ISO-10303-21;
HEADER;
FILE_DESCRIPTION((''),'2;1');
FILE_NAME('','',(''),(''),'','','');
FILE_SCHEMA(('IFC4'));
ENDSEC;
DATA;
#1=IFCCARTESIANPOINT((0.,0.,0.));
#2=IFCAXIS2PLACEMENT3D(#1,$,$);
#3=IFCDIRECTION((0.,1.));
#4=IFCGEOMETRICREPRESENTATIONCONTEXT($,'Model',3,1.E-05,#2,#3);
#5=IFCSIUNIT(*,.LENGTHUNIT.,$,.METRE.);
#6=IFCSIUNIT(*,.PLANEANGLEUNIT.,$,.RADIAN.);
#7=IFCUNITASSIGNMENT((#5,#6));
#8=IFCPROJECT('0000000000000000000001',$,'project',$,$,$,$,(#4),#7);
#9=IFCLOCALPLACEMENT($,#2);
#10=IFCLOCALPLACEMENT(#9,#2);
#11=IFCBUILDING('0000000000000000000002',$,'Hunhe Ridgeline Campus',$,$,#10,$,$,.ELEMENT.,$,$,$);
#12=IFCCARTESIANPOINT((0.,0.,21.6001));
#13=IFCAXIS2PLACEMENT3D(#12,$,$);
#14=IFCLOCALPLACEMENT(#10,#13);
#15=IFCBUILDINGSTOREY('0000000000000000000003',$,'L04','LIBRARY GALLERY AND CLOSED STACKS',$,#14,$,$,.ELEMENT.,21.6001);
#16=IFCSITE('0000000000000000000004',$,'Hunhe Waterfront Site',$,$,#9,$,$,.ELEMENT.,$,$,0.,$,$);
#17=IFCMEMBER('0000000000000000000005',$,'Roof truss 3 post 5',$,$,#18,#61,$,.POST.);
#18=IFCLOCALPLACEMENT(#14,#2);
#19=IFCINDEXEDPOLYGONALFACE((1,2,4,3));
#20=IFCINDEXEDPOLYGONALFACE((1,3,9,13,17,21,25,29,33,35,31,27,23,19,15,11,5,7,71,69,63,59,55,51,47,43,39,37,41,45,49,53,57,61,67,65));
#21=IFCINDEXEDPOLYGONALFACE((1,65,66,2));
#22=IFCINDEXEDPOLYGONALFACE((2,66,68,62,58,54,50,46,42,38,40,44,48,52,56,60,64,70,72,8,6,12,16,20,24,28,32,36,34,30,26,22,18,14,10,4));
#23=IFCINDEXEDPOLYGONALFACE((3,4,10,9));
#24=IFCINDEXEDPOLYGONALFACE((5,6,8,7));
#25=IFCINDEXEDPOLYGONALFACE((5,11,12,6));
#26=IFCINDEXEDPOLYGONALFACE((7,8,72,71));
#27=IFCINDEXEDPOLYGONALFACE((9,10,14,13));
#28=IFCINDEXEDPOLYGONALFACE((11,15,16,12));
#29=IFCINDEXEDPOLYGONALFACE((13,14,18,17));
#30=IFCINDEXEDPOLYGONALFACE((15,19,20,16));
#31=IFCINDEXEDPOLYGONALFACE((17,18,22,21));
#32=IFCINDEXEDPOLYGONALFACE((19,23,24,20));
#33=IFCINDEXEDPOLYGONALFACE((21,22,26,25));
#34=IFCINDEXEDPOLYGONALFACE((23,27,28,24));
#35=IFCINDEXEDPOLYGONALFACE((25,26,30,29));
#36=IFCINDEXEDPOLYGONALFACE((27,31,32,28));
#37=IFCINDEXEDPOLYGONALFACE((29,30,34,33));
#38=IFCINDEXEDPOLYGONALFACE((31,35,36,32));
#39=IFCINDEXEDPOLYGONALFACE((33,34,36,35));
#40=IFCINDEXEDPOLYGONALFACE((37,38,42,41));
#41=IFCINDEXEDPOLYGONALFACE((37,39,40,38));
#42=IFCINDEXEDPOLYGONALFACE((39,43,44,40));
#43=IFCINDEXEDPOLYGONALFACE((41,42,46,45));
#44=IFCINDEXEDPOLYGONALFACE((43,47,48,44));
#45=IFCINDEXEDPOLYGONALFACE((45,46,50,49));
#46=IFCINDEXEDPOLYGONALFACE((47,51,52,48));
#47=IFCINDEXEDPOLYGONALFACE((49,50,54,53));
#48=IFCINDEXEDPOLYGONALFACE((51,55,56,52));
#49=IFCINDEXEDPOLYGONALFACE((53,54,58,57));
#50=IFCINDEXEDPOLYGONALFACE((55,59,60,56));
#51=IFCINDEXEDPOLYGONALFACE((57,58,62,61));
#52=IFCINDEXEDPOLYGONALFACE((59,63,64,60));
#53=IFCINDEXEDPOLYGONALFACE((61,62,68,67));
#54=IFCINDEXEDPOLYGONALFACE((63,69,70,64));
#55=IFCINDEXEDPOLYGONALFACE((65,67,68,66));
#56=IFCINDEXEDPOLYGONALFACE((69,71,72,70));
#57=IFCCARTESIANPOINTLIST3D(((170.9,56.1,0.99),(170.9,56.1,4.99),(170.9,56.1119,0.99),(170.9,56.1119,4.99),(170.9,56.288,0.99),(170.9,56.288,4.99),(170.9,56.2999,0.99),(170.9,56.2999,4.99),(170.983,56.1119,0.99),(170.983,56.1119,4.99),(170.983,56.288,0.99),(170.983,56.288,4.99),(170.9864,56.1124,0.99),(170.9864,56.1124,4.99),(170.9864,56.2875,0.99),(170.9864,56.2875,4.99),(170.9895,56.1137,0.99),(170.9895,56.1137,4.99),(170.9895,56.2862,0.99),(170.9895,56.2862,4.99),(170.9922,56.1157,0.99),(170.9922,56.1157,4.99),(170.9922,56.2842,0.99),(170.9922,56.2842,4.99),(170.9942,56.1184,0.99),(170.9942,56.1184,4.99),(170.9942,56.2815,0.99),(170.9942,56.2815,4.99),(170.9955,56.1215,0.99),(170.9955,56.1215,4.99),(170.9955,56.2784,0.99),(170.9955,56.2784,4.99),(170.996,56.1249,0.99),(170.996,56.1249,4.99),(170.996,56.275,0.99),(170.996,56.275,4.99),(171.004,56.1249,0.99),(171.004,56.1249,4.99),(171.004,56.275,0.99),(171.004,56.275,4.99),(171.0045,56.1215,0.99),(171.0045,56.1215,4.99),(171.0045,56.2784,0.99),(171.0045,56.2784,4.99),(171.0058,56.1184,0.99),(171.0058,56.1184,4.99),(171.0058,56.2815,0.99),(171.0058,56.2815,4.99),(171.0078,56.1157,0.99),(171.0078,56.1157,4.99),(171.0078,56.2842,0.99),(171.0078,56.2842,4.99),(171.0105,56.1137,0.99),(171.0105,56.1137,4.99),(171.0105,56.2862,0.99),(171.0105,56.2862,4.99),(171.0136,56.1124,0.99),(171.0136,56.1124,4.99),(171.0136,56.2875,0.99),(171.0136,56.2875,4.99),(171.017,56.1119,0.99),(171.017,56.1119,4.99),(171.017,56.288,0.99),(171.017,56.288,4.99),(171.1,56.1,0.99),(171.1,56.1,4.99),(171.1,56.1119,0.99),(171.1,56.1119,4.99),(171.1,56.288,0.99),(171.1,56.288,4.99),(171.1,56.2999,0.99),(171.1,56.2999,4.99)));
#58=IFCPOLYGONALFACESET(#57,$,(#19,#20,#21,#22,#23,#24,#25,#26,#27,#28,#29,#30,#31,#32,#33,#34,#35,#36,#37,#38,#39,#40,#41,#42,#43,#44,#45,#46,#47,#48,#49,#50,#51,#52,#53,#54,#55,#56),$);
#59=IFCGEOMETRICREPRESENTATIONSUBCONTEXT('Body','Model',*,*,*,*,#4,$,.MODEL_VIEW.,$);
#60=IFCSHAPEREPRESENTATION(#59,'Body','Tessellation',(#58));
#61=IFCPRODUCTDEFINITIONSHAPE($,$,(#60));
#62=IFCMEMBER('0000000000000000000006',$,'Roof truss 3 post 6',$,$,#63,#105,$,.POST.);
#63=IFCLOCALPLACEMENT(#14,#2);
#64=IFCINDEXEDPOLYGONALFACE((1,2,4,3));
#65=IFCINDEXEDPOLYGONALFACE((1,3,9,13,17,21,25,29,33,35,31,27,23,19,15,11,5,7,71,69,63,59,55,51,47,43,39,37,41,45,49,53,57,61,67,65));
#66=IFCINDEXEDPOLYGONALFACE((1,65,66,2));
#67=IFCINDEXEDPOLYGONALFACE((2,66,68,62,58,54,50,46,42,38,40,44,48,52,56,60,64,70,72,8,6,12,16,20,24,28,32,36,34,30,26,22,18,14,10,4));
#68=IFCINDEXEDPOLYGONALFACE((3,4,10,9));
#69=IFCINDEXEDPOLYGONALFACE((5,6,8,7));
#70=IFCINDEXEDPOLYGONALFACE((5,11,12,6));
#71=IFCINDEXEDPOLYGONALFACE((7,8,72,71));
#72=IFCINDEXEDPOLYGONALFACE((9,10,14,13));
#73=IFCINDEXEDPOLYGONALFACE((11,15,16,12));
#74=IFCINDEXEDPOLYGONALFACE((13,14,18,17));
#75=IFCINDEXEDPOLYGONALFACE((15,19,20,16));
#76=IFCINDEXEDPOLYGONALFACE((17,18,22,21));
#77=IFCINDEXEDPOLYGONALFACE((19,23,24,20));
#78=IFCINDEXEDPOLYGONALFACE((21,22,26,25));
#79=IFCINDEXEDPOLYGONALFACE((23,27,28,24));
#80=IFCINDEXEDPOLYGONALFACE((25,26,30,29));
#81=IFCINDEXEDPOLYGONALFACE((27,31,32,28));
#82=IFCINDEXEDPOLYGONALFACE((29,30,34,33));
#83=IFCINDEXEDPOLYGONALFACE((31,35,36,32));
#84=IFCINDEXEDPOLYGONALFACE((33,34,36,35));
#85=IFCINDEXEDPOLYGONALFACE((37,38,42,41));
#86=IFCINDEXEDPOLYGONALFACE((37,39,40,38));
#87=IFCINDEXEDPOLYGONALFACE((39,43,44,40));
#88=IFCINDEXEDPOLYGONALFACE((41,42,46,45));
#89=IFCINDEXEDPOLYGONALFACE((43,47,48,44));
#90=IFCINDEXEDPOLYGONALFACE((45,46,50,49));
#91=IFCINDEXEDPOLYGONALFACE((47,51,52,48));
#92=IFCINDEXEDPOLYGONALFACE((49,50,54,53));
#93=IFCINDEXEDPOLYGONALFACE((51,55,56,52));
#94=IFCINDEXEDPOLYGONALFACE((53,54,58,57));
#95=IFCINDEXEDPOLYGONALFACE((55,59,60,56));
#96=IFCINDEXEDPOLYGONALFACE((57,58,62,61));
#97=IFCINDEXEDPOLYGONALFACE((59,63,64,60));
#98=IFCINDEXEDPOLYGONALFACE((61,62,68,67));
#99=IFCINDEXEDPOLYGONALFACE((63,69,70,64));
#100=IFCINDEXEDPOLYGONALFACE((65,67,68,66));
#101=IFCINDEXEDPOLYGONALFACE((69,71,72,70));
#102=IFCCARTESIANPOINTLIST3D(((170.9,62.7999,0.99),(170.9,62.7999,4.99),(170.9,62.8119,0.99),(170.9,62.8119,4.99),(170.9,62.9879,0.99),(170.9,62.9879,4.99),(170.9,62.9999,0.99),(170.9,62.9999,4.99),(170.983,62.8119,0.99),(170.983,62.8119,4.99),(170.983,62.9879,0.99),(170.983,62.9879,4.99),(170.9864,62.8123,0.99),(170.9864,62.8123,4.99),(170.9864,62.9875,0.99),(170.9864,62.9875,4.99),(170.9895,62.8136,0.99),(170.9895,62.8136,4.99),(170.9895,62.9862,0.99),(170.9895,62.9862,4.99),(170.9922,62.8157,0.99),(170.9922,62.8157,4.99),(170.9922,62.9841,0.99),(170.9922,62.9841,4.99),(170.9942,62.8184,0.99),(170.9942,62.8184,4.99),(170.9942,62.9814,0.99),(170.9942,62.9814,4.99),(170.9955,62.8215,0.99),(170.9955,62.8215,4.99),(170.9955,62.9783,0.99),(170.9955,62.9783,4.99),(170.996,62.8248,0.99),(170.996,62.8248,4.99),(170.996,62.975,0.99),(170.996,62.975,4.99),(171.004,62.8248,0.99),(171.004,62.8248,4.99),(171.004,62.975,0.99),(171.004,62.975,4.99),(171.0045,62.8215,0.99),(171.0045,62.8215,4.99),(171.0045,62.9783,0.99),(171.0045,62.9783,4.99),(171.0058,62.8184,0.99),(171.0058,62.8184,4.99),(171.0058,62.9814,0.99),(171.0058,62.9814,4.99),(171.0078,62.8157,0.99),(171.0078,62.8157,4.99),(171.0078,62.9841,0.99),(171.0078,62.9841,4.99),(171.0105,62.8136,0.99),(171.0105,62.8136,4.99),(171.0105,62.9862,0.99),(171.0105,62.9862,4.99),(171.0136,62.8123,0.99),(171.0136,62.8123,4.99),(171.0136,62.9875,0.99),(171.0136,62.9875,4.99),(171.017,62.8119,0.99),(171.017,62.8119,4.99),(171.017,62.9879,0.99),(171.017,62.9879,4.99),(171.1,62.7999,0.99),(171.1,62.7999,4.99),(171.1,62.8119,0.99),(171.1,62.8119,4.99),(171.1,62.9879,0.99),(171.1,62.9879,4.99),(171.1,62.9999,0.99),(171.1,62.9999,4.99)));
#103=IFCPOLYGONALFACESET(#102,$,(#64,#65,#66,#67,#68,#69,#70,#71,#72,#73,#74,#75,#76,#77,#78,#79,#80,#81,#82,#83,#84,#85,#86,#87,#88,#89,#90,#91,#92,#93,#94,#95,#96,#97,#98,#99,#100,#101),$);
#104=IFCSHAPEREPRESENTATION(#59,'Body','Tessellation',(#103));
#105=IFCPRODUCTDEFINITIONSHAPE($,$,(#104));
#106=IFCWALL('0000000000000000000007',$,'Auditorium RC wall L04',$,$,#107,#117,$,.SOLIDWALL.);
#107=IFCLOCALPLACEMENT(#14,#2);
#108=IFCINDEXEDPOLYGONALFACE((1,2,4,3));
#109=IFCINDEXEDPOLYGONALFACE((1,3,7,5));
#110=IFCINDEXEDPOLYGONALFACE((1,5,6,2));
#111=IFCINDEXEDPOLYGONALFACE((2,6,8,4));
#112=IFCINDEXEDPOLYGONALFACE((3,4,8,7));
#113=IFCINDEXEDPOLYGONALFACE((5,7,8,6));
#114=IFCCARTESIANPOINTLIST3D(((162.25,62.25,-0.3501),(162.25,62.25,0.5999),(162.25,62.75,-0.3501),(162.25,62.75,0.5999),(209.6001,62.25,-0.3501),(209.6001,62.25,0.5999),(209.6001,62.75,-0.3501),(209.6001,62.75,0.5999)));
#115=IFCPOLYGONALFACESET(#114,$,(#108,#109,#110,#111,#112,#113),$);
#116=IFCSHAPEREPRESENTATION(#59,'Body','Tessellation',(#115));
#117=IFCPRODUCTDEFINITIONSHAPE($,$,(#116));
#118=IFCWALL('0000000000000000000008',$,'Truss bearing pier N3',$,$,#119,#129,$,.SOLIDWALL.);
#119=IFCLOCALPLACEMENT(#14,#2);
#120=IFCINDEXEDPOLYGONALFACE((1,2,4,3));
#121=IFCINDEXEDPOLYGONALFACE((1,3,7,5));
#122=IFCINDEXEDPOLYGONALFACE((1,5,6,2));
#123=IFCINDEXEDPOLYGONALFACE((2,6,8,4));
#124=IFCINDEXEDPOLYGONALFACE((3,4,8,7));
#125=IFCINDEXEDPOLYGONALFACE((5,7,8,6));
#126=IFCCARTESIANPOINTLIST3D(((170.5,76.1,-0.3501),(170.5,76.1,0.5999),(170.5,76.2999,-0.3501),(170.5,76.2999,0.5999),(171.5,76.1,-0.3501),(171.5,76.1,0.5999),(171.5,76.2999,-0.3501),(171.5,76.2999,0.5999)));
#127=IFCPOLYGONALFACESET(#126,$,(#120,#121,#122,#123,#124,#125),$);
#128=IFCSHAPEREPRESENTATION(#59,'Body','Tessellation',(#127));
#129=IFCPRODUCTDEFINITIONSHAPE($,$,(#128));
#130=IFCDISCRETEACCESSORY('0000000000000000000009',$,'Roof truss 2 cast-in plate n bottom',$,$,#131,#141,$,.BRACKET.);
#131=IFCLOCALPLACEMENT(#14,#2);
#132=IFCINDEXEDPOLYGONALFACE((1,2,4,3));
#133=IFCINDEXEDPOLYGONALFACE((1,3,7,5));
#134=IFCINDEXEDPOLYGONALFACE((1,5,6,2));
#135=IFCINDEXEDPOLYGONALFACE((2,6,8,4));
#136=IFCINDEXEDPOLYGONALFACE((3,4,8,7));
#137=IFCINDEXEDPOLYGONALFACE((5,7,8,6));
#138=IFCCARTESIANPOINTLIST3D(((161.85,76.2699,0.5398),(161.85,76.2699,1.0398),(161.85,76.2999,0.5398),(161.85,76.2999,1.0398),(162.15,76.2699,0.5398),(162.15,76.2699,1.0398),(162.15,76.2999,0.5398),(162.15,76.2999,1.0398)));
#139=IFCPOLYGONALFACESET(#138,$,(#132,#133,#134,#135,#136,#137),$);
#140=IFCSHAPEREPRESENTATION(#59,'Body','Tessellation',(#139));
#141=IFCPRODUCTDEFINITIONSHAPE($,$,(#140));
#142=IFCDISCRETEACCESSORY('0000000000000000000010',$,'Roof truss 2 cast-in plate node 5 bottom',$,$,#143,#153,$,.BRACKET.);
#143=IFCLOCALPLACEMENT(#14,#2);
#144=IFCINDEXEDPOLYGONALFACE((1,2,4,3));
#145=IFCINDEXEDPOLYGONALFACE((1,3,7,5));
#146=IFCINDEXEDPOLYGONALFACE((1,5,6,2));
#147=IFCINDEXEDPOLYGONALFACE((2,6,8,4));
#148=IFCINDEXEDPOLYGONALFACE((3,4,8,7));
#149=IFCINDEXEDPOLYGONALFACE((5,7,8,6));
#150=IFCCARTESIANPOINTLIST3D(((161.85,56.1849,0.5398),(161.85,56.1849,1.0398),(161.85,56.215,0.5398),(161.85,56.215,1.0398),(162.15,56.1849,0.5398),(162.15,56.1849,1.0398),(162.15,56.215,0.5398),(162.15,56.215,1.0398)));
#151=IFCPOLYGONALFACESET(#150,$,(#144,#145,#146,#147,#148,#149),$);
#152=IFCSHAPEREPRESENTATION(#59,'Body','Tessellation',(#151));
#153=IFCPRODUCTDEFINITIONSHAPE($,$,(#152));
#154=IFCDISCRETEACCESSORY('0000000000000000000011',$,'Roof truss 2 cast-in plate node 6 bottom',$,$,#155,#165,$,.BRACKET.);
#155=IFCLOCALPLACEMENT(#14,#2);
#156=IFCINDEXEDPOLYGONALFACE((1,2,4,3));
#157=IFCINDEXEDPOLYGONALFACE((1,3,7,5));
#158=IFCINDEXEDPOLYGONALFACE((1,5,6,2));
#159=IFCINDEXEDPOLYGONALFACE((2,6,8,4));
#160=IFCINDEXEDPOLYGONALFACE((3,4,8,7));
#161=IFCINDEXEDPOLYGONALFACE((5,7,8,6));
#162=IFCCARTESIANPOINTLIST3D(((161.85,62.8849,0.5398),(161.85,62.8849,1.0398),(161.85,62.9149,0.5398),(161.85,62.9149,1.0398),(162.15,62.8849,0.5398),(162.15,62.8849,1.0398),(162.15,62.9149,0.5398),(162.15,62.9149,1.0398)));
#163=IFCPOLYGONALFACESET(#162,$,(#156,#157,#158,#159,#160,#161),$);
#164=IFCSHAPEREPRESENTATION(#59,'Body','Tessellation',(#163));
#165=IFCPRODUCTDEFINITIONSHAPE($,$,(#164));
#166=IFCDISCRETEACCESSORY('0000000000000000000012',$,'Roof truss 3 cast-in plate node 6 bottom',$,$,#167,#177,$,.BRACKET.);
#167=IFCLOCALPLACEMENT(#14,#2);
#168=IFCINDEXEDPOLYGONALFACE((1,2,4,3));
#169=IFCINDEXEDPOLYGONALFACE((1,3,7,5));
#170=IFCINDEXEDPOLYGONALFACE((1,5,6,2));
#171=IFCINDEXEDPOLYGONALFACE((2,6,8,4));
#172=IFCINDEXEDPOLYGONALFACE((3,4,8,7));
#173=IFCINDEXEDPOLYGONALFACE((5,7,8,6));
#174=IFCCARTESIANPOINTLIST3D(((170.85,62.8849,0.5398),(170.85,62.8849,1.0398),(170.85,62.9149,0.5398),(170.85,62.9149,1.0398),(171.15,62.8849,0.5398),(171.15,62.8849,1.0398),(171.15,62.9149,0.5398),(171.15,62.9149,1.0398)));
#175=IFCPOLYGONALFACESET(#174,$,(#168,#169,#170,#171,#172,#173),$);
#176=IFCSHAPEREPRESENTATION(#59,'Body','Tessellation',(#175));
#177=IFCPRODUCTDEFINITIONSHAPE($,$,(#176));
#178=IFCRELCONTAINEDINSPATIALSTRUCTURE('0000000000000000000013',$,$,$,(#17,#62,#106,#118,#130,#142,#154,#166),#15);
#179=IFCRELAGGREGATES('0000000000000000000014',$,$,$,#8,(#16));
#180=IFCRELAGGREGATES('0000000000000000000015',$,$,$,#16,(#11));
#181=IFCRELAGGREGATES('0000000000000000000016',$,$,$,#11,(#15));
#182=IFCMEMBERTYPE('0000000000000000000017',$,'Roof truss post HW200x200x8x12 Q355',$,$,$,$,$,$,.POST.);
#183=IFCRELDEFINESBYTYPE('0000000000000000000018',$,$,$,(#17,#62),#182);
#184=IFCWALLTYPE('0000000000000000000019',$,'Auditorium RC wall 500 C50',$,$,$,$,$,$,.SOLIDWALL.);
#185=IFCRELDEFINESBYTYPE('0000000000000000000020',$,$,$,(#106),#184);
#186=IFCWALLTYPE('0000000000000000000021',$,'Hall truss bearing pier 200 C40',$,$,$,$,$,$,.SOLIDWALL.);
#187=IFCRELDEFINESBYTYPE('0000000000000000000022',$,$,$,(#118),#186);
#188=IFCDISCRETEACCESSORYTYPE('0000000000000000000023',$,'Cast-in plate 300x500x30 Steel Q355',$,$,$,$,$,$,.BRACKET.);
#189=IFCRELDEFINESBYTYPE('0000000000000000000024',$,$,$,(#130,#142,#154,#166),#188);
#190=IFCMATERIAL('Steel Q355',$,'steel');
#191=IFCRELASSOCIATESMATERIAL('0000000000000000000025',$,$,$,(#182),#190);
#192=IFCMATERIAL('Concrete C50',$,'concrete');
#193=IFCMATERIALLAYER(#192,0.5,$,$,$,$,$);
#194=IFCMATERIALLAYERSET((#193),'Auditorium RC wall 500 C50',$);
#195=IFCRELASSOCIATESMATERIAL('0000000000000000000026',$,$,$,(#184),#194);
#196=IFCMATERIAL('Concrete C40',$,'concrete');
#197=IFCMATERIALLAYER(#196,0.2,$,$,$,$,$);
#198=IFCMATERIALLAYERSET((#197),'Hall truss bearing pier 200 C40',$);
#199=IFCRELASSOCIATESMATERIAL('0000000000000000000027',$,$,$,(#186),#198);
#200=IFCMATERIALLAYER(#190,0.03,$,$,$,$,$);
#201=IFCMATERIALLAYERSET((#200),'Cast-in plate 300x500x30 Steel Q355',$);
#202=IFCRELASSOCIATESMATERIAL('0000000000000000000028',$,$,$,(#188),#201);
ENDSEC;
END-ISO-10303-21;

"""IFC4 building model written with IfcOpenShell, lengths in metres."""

from ifc_helpers import new_model, si_unit, direction, frame, frame_2d, origin, origin_2d, place, context, subcontext, project, spatial, rectangle, i_section, extrude, material, layer, layer_set, material_profile, profile_set, type_object, element, save


model = new_model("IFC4")

# Units and contexts
model_context = context("Model", 3, precision=1e-05, world=origin(), true_north=direction((0.0, 1.0)))
body_context = subcontext(model_context, "Body", "Model", "MODEL_VIEW")
ifc_project = project(units=[si_unit("LENGTHUNIT", "METRE"), si_unit("PLANEANGLEUNIT", "RADIAN")], contexts=[model_context])

# Site, building, storey
site_placement = place(None, origin())
site = spatial("IfcSite", under=ifc_project, at=site_placement, Name="Hunhe Waterfront Site", CompositionType="ELEMENT", RefElevation=0.0)
building_placement = place(site_placement, origin())
building = spatial("IfcBuilding", under=site, at=building_placement, Name="Hunhe Ridgeline Campus", CompositionType="ELEMENT")
storey_placement = place(building_placement, frame((0.0, 0.0, 21.6001)))
storey = spatial("IfcBuildingStorey", under=building, at=storey_placement, Name="L04", Description="LIBRARY GALLERY AND CLOSED STACKS", CompositionType="ELEMENT", Elevation=21.6001)

# Members
ifc_material_1 = material(Name="Steel Q355", Category="steel")
ifc_material_profile_1 = material_profile(ifc_material_1, i_section(OverallWidth=0.2, OverallDepth=0.2, WebThickness=0.0081, FlangeThickness=0.012, FilletRadius=0.0129, at=origin_2d()))
ifc_profile_set_1 = profile_set([ifc_material_profile_1], Name="Steel Q355")
member_type_1 = type_object("IfcMemberType", Name="Roof truss post HW200x200x8x12 Q355", PredefinedType="POST", material=ifc_profile_set_1)
for number, where, z_axis, x_axis, name in (
    (1, (171.0, 56.2, 0.99), (0.0, 0.0, 1.0), (1.0, 0.0, 0.0), "Roof truss 3 post 5"),
    (2, (171.0, 62.8999, 0.99), (0.0, 0.0, 1.0), (1.0, 0.0, 0.0), "Roof truss 3 post 6"),
):
    element("IfcMember", number, at=place(storey_placement, frame(where, z_axis=z_axis, x_axis=x_axis)), inside=storey, type_object=member_type_1, Name=name, PredefinedType="POST", context=body_context, shape_type="SweptSolid", body=[
        extrude(i_section(OverallWidth=0.2, OverallDepth=0.2, WebThickness=0.0081, FlangeThickness=0.012, FilletRadius=0.0129, at=origin_2d()), origin(), (0.0, 0.0, 1.0), 4.0),
    ])

# Walls
ifc_material_2 = material(Name="Concrete C50", Category="concrete")
ifc_layer_1 = layer(ifc_material_2, 0.5)
ifc_layer_set_1 = layer_set([ifc_layer_1], Name="Auditorium RC wall 500 C50")
wall_type_1 = type_object("IfcWallType", Name="Auditorium RC wall 500 C50", PredefinedType="SOLIDWALL", material=ifc_layer_set_1)
wall_1_placement = place(storey_placement, frame((162.25, 62.5, -0.3501), z_axis=(0.0, 0.0, 1.0), x_axis=(1.0, 0.0, 0.0)))
element("IfcWall", 3, at=wall_1_placement, inside=storey, type_object=wall_type_1, Name="Auditorium RC wall L04", PredefinedType="SOLIDWALL", context=body_context, shape_type="SweptSolid", body=[
    extrude(rectangle(XDim=47.3501, YDim=0.5, at=frame_2d((23.675, 0.0))), origin(), (0.0, 0.0, 1.0), 0.95),
])
ifc_material_3 = material(Name="Concrete C40", Category="concrete")
ifc_layer_2 = layer(ifc_material_3, 0.2)
ifc_layer_set_2 = layer_set([ifc_layer_2], Name="Hall truss bearing pier 200 C40")
wall_type_2 = type_object("IfcWallType", Name="Hall truss bearing pier 200 C40", PredefinedType="SOLIDWALL", material=ifc_layer_set_2)
wall_2_placement = place(storey_placement, frame((170.5, 76.2, -0.3501), z_axis=(0.0, 0.0, 1.0), x_axis=(1.0, 0.0, 0.0)))
element("IfcWall", 4, at=wall_2_placement, inside=storey, type_object=wall_type_2, Name="Truss bearing pier N3", PredefinedType="SOLIDWALL", context=body_context, shape_type="SweptSolid", body=[
    extrude(rectangle(XDim=1.0, YDim=0.2, at=frame_2d((0.5, 0.0))), origin(), (0.0, 0.0, 1.0), 0.95),
])

# Discrete accessories
ifc_layer_3 = layer(ifc_material_1, 0.03)
ifc_layer_set_3 = layer_set([ifc_layer_3], Name="Cast-in plate 300x500x30 Steel Q355")
discrete_accessory_type = type_object("IfcDiscreteAccessoryType", Name="Cast-in plate 300x500x30 Steel Q355", PredefinedType="BRACKET", material=ifc_layer_set_3)
for number, where, z_axis, x_axis, name in (
    (5, (162.0, 76.2849, 0.5398), (0.0, 0.0, 1.0), (0.0, 1.0, 0.0), "Roof truss 2 cast-in plate n bottom"),
    (6, (162.0, 56.2, 0.5398), (0.0, 0.0, 1.0), (0.0, 1.0, 0.0), "Roof truss 2 cast-in plate node 5 bottom"),
    (7, (162.0, 62.8999, 0.5398), (0.0, 0.0, 1.0), (0.0, 1.0, 0.0), "Roof truss 2 cast-in plate node 6 bottom"),
    (8, (171.0, 62.8999, 0.5398), (0.0, 0.0, 1.0), (0.0, 1.0, 0.0), "Roof truss 3 cast-in plate node 6 bottom"),
):
    element("IfcDiscreteAccessory", number, at=place(storey_placement, frame(where, z_axis=z_axis, x_axis=x_axis)), inside=storey, type_object=discrete_accessory_type, Name=name, PredefinedType="BRACKET", context=body_context, shape_type="SweptSolid", body=[
        extrude(rectangle(XDim=0.03, YDim=0.3, at=origin_2d()), origin(), (0.0, 0.0, 1.0), 0.5),
    ])

save(model, "model.ifc")
